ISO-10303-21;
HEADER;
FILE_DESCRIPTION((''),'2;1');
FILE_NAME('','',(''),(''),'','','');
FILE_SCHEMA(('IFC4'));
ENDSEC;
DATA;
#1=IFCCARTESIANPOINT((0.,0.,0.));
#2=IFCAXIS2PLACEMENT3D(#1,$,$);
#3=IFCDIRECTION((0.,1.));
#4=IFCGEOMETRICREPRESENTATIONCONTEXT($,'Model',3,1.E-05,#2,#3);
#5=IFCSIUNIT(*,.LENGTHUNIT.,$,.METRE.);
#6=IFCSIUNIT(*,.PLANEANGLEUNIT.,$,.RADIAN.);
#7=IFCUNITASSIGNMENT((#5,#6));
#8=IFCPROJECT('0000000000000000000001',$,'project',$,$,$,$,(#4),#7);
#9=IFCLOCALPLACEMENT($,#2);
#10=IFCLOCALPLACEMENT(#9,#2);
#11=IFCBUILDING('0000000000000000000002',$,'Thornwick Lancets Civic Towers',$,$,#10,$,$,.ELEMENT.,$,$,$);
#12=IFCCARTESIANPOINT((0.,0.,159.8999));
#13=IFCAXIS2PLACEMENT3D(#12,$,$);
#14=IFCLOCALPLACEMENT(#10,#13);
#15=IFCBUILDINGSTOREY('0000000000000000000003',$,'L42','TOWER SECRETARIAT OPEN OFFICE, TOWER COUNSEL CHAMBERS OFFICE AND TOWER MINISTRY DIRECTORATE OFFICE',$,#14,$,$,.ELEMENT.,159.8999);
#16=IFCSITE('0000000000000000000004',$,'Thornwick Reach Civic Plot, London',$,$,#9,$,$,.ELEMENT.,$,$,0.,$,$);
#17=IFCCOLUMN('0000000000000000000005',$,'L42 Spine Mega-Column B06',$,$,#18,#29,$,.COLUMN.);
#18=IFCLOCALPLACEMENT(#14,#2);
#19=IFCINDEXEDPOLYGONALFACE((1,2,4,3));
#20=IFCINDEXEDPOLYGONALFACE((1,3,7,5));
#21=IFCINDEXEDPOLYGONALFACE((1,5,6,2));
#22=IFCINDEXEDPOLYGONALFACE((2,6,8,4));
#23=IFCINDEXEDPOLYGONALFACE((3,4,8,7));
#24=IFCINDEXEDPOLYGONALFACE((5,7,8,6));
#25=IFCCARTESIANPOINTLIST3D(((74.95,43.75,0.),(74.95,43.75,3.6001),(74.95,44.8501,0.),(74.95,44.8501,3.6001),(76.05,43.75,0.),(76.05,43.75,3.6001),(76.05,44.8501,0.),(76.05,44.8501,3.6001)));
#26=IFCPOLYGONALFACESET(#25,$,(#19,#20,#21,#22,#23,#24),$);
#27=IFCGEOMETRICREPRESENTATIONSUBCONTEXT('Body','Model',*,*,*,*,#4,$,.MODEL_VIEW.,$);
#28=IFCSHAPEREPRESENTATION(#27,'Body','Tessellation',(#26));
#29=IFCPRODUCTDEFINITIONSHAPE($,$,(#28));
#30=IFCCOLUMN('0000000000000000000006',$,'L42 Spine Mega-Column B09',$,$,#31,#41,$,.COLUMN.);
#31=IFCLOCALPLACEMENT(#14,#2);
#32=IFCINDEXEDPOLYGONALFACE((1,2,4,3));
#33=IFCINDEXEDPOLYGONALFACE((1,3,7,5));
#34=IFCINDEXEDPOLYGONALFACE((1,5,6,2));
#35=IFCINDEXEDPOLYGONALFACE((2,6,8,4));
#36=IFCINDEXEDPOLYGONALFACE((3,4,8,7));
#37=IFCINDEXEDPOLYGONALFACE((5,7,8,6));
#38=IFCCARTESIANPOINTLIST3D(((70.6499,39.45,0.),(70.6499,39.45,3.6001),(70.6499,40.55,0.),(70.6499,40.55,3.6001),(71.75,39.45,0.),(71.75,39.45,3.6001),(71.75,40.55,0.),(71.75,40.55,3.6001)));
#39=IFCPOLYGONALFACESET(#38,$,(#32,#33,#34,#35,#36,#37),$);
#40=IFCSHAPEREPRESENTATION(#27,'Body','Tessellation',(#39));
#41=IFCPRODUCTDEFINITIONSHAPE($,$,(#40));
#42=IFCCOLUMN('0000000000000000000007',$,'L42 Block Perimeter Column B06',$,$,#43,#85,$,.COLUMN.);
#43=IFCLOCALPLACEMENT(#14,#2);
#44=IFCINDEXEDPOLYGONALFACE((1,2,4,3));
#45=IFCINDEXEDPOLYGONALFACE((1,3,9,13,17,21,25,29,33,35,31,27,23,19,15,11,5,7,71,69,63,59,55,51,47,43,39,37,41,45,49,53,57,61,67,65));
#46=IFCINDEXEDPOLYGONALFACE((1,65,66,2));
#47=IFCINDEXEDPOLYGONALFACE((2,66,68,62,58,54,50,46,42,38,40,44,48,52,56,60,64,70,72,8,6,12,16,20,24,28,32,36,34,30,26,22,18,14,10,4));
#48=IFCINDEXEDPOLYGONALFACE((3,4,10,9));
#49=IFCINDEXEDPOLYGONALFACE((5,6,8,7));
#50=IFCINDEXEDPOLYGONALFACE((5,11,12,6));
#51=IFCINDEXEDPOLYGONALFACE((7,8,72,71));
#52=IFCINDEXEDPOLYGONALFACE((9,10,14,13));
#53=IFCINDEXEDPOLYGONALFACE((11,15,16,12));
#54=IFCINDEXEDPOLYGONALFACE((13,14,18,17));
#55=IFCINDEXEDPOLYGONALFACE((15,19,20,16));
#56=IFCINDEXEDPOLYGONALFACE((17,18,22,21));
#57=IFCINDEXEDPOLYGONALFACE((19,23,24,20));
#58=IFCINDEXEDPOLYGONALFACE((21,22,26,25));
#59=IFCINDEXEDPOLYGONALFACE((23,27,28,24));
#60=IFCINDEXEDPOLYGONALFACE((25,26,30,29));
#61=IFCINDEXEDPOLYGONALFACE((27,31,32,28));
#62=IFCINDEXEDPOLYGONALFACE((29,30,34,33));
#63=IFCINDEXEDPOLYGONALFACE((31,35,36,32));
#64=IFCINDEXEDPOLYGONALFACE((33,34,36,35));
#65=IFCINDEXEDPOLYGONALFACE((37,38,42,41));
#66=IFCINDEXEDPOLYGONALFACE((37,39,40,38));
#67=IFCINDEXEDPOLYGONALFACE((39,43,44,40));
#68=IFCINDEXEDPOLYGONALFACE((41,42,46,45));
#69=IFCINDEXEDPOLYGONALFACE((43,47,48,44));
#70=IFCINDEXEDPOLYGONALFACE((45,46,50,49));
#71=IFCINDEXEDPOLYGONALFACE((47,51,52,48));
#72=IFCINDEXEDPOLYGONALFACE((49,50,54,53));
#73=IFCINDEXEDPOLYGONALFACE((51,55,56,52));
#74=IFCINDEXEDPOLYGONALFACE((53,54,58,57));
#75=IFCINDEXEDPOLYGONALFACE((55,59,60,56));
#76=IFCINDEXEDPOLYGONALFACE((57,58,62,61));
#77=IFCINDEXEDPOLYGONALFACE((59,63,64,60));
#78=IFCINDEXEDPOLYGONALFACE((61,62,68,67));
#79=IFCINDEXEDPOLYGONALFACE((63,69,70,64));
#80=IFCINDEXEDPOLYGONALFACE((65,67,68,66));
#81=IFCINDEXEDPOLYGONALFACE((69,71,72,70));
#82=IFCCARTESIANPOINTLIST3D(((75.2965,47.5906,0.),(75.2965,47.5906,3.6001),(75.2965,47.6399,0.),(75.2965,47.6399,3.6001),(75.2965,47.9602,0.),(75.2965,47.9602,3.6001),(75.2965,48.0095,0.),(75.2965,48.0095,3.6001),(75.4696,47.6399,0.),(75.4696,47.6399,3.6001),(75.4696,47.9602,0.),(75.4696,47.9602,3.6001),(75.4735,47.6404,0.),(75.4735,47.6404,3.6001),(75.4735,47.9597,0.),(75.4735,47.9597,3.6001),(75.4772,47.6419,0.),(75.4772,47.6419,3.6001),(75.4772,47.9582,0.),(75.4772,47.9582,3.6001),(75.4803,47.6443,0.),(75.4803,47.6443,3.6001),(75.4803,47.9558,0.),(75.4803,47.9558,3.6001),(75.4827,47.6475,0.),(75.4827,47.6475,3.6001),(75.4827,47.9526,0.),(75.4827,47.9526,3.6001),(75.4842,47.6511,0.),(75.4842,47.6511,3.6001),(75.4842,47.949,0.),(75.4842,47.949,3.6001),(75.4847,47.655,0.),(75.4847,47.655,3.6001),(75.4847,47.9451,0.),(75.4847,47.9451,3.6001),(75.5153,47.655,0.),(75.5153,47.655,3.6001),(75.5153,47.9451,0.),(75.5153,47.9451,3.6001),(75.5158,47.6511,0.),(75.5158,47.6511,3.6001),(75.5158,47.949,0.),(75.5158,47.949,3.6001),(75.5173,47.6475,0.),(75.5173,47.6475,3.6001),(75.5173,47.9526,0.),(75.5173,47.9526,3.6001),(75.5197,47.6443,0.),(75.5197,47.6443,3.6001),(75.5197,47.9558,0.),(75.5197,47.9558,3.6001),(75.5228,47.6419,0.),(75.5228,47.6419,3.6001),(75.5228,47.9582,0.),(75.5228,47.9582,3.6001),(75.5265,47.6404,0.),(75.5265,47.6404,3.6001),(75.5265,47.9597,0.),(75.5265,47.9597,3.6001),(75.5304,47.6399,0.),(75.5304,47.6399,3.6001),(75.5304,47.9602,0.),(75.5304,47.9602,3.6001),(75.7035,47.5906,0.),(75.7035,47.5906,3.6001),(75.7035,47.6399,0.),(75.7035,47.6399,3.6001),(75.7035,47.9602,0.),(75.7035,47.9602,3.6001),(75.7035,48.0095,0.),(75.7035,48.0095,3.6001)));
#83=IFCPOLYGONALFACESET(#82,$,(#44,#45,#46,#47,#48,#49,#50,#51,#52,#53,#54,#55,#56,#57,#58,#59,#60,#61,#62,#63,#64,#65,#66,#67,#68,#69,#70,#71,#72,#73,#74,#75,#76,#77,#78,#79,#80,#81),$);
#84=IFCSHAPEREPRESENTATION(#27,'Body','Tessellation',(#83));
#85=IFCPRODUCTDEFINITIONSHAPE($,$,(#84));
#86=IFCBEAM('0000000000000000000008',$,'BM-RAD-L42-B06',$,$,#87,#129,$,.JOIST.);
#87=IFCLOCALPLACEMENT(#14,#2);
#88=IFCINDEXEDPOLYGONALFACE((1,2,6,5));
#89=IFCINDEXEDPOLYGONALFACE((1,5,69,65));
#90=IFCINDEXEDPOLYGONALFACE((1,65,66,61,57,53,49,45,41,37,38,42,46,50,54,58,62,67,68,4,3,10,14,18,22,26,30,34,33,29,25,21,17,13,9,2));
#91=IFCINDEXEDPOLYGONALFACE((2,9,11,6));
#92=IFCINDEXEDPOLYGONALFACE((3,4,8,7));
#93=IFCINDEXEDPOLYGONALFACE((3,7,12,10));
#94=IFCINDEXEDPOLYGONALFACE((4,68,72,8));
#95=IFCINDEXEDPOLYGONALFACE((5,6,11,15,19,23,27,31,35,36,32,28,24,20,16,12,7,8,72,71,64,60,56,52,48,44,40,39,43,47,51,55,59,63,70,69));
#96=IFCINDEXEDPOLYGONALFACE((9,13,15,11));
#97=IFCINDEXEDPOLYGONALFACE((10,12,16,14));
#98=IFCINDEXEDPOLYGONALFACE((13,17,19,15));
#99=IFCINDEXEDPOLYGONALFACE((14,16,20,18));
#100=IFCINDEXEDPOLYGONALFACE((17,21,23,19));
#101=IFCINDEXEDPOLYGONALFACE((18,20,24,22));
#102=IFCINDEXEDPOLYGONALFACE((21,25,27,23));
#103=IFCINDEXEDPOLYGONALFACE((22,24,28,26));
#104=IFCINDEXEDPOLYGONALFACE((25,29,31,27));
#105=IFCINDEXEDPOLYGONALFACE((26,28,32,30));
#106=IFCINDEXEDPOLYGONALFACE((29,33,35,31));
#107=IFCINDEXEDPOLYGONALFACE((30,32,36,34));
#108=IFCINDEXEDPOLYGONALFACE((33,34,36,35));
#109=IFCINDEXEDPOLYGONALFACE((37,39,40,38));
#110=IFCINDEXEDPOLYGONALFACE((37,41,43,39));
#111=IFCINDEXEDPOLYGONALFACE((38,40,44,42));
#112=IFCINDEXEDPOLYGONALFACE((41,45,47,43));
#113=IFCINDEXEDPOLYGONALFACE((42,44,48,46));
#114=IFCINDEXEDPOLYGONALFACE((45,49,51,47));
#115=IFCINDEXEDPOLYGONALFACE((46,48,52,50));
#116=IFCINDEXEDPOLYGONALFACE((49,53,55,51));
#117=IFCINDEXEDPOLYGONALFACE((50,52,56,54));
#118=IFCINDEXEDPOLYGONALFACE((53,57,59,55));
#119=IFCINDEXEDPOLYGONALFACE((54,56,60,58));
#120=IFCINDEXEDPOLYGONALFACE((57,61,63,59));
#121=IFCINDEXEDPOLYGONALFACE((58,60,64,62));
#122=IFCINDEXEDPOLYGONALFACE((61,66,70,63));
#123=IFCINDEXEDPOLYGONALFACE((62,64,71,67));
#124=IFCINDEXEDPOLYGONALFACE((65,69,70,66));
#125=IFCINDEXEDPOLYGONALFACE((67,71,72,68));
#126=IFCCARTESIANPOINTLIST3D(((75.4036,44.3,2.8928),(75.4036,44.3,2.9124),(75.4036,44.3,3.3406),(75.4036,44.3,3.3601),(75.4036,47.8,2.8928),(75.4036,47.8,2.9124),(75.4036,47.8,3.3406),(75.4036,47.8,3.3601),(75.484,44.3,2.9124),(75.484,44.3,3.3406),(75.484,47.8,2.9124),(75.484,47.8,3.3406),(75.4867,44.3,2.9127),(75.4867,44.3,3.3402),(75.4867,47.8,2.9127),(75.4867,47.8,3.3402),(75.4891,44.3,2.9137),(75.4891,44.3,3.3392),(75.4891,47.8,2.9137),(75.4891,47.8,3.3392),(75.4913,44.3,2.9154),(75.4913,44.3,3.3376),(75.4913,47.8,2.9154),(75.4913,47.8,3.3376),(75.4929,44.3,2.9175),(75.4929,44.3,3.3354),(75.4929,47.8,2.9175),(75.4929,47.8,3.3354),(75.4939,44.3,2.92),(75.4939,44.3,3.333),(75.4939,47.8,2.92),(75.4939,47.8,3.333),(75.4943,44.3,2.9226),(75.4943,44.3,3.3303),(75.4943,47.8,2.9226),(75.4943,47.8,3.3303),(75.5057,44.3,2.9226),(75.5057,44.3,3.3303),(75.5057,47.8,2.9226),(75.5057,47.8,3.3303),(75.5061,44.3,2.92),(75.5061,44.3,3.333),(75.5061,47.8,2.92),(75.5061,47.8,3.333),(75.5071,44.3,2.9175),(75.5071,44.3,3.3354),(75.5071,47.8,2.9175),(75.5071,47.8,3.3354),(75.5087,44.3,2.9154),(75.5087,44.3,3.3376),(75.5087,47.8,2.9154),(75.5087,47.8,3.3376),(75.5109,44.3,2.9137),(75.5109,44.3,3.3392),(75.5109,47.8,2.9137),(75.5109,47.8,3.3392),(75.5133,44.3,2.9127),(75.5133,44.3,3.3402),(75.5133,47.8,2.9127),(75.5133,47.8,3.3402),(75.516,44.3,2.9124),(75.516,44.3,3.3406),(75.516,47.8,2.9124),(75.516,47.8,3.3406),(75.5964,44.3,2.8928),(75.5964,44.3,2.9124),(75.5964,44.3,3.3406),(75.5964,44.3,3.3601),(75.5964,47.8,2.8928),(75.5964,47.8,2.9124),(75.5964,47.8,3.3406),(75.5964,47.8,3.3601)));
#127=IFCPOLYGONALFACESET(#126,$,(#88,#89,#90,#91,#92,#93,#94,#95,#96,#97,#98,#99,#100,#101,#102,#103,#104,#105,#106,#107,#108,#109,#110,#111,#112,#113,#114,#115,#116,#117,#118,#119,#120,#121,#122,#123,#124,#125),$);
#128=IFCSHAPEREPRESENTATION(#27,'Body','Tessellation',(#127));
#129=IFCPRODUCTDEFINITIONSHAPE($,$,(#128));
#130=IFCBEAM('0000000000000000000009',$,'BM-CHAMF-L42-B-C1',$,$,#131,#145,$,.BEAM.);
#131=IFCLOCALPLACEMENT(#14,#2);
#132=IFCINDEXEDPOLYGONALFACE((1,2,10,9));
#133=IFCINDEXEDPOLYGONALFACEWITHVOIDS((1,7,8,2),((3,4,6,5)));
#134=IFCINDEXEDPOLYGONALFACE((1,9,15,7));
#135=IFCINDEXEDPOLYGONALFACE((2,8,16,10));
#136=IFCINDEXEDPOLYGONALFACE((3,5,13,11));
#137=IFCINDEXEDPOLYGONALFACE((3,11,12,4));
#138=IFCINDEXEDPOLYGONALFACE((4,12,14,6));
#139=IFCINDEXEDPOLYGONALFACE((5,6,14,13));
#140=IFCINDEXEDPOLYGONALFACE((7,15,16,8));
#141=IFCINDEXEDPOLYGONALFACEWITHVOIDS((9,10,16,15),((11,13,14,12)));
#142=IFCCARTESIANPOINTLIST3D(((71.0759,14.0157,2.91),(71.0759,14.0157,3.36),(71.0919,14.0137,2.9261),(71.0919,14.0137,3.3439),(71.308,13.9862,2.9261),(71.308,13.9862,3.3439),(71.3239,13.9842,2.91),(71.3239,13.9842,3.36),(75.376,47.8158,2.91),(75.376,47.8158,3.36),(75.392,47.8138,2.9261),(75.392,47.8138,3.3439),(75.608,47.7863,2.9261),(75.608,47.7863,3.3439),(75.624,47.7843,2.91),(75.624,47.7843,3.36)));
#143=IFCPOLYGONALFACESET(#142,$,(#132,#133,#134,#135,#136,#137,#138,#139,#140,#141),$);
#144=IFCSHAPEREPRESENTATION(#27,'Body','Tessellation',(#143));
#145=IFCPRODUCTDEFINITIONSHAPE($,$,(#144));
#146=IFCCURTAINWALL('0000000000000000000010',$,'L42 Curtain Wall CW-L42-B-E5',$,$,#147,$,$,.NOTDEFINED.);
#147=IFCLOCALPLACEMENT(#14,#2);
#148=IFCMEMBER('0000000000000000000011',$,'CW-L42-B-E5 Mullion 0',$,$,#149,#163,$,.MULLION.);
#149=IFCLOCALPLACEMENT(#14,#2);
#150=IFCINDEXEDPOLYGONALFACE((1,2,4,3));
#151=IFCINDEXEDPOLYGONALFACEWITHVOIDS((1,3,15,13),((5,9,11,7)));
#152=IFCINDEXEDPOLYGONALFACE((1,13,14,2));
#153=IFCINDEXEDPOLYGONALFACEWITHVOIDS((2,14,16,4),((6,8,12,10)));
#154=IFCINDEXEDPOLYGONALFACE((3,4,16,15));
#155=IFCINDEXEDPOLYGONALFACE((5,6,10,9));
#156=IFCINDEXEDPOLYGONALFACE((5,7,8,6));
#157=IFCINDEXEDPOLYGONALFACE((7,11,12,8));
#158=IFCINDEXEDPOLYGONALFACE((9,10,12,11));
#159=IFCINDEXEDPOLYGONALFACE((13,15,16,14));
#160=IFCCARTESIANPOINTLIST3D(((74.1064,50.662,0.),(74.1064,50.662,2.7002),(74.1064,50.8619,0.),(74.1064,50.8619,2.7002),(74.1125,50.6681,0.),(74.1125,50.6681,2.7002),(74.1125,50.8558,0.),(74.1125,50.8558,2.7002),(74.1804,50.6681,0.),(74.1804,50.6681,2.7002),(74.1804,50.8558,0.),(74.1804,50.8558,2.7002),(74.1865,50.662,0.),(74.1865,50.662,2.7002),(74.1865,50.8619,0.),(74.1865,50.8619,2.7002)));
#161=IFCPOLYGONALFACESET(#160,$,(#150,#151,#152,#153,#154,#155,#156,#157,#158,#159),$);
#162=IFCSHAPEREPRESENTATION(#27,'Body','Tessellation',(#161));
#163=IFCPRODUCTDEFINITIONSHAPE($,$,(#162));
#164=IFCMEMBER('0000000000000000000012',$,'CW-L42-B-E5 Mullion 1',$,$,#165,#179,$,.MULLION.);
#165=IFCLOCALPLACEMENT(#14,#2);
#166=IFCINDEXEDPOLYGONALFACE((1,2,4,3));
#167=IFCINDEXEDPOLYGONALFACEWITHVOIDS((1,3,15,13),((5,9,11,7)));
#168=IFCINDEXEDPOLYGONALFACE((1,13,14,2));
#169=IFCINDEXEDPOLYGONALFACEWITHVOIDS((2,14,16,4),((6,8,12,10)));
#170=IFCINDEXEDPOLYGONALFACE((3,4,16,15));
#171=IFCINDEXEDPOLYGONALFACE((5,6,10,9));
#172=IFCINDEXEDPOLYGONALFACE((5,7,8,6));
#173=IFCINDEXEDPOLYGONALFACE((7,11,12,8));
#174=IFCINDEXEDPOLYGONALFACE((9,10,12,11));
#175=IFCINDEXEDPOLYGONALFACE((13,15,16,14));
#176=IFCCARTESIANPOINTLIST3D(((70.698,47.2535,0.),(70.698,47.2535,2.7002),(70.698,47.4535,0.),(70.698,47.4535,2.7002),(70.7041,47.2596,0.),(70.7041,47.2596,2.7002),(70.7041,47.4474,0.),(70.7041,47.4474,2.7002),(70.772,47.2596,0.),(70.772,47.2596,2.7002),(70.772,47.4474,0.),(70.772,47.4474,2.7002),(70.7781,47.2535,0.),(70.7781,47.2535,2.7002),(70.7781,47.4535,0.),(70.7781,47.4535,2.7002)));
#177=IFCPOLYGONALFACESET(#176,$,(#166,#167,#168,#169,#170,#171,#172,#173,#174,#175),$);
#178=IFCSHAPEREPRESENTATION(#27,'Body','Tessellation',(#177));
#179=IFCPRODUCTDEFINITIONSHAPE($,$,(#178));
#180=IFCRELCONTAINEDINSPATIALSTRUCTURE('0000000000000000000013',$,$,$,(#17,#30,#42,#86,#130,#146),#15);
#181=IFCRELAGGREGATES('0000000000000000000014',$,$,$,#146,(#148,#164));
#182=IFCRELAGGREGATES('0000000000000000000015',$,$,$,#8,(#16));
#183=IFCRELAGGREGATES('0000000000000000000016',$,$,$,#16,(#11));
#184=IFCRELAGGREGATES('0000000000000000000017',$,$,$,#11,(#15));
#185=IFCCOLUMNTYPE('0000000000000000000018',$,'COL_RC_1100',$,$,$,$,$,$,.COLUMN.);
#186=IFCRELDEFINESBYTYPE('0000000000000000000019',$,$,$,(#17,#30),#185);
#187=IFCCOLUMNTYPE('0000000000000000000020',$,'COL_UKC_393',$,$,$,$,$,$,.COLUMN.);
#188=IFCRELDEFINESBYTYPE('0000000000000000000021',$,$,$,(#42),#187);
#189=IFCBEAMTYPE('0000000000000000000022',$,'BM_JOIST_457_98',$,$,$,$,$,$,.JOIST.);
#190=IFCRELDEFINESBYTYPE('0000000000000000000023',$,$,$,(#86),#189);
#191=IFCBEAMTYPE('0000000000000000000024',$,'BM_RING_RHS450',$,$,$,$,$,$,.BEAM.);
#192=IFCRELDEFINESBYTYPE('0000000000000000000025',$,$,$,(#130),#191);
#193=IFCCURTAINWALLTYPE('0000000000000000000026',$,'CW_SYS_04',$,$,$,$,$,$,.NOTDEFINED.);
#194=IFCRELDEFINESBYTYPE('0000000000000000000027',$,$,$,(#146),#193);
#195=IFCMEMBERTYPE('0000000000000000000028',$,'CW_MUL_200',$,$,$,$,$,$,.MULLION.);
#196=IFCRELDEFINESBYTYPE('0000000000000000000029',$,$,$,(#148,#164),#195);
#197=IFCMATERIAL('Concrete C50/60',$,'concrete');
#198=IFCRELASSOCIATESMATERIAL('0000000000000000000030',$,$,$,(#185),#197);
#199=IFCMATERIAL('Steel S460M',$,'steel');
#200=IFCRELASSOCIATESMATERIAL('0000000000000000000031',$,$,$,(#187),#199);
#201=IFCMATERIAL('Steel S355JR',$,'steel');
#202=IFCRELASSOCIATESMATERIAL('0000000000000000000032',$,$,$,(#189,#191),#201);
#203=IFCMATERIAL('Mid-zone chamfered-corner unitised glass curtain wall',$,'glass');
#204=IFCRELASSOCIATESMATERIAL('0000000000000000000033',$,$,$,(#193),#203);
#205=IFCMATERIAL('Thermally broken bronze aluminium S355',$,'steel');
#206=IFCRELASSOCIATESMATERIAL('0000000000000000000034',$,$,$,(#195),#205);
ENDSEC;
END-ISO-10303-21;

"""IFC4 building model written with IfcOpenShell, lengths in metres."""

from ifc_helpers import new_model, si_unit, direction, frame, origin, origin_2d, place, context, subcontext, project, spatial, rectangle, hollow_rectangle, i_section, extrude, material, material_profile, profile_set, type_object, element, aggregate, save


model = new_model("IFC4")

# Units and contexts
model_context = context("Model", 3, precision=1e-05, world=origin(), true_north=direction((0.0, 1.0)))
body_context = subcontext(model_context, "Body", "Model", "MODEL_VIEW")
ifc_project = project(units=[si_unit("LENGTHUNIT", "METRE"), si_unit("PLANEANGLEUNIT", "RADIAN")], contexts=[model_context])

# Site, building, storey
site_placement = place(None, origin())
site = spatial("IfcSite", under=ifc_project, at=site_placement, Name="Thornwick Reach Civic Plot, London", CompositionType="ELEMENT", RefElevation=0.0)
building_placement = place(site_placement, origin())
building = spatial("IfcBuilding", under=site, at=building_placement, Name="Thornwick Lancets Civic Towers", CompositionType="ELEMENT")
storey_placement = place(building_placement, frame((0.0, 0.0, 159.8999)))
storey = spatial("IfcBuildingStorey", under=building, at=storey_placement, Name="L42", Description="TOWER SECRETARIAT OPEN OFFICE, TOWER COUNSEL CHAMBERS OFFICE AND TOWER MINISTRY DIRECTORATE OFFICE", CompositionType="ELEMENT", Elevation=159.8999)

# Columns
ifc_material_1 = material(Name="Concrete C50/60", Category="concrete")
ifc_material_profile_1 = material_profile(ifc_material_1, rectangle(XDim=1.1001, YDim=1.1001, at=origin_2d()), Name="RC 1100x1100")
ifc_profile_set_1 = profile_set([ifc_material_profile_1], Name="Concrete C50/60")
column_type_1 = type_object("IfcColumnType", Name="COL_RC_1100", PredefinedType="COLUMN", material=ifc_profile_set_1)
for number, where, z_axis, x_axis, name in (
    (1, (75.5, 44.3, 0.0), (0.0, 0.0, 1.0), (1.0, 0.0, 0.0), "L42 Spine Mega-Column B06"),
    (2, (71.2, 40.0, 0.0), (0.0, 0.0, 1.0), (1.0, 0.0, 0.0), "L42 Spine Mega-Column B09"),
):
    element("IfcColumn", number, at=place(storey_placement, frame(where, z_axis=z_axis, x_axis=x_axis)), inside=storey, type_object=column_type_1, Name=name, PredefinedType="COLUMN", context=body_context, shape_type="SweptSolid", body=[
        extrude(rectangle(XDim=1.1001, YDim=1.1001, at=origin_2d()), origin(), (0.0, 0.0, 1.0), 3.6001),
    ])
ifc_material_2 = material(Name="Steel S460M", Category="steel")
ifc_material_profile_2 = material_profile(ifc_material_2, i_section(OverallWidth=0.407, OverallDepth=0.4189, WebThickness=0.0305, FlangeThickness=0.0493, FilletRadius=0.0151, at=origin_2d()), Name="UKC 356x406x393")
ifc_profile_set_2 = profile_set([ifc_material_profile_2], Name="Steel S460M")
column_type_2 = type_object("IfcColumnType", Name="COL_UKC_393", PredefinedType="COLUMN", material=ifc_profile_set_2)
column_placement = place(storey_placement, frame((75.5, 47.8, 0.0), z_axis=(0.0, 0.0, 1.0), x_axis=(1.0, 0.0, 0.0)))
element("IfcColumn", 3, at=column_placement, inside=storey, type_object=column_type_2, Name="L42 Block Perimeter Column B06", PredefinedType="COLUMN", context=body_context, shape_type="SweptSolid", body=[
    extrude(i_section(OverallWidth=0.407, OverallDepth=0.4189, WebThickness=0.0305, FlangeThickness=0.0493, FilletRadius=0.0151, at=origin_2d()), origin(), (0.0, 0.0, 1.0), 3.6001),
])

# Beams
ifc_material_3 = material(Name="Steel S355JR", Category="steel")
ifc_material_profile_3 = material_profile(ifc_material_3, i_section(OverallWidth=0.1929, OverallDepth=0.4673, WebThickness=0.0115, FlangeThickness=0.0195, FilletRadius=0.0103, at=origin_2d()), Name="UKB 457x191x98")
ifc_profile_set_3 = profile_set([ifc_material_profile_3], Name="Steel S355JR")
beam_type_1 = type_object("IfcBeamType", Name="BM_JOIST_457_98", PredefinedType="JOIST", material=ifc_profile_set_3)
beam_1_placement = place(storey_placement, frame((75.5, 44.3, 3.1265), z_axis=(0.0, 1.0, 0.0), x_axis=(-1.0, 0.0, 0.0)))
element("IfcBeam", 4, at=beam_1_placement, inside=storey, type_object=beam_type_1, Name="BM-RAD-L42-B06", PredefinedType="JOIST", context=body_context, shape_type="SweptSolid", body=[
    extrude(i_section(OverallWidth=0.1929, OverallDepth=0.4673, WebThickness=0.0115, FlangeThickness=0.0195, FilletRadius=0.0103, at=origin_2d()), origin(), (0.0, 0.0, 1.0), 3.5),
])
ifc_material_profile_4 = material_profile(ifc_material_3, hollow_rectangle(XDim=0.25, YDim=0.45, WallThickness=0.0161, at=origin_2d()), Name="RHS 450x250x16")
ifc_profile_set_4 = profile_set([ifc_material_profile_4], Name="Steel S355JR")
beam_type_2 = type_object("IfcBeamType", Name="BM_RING_RHS450", PredefinedType="BEAM", material=ifc_profile_set_4)
beam_2_placement = place(storey_placement, frame((75.5, 47.8, 3.135), z_axis=(-0.126203, -0.992004, 0.0), x_axis=(0.992004, -0.126203, 0.0)))
element("IfcBeam", 5, at=beam_2_placement, inside=storey, type_object=beam_type_2, Name="BM-CHAMF-L42-B-C1", PredefinedType="BEAM", context=body_context, shape_type="SweptSolid", body=[
    extrude(hollow_rectangle(XDim=0.25, YDim=0.45, WallThickness=0.0161, at=origin_2d()), origin(), (0.0, 0.0, 1.0), 34.0725),
])

# Curtain wall, members
ifc_material_4 = material(Name="Mid-zone chamfered-corner unitised glass curtain wall", Category="glass")
curtain_wall_type = type_object("IfcCurtainWallType", Name="CW_SYS_04", PredefinedType="NOTDEFINED", material=ifc_material_4)
curtain_wall_placement = place(storey_placement, origin())
curtain_wall = element("IfcCurtainWall", 6, at=curtain_wall_placement, inside=storey, type_object=curtain_wall_type, Name="L42 Curtain Wall CW-L42-B-E5", PredefinedType="NOTDEFINED")
ifc_material_5 = material(Name="Thermally broken bronze aluminium S355", Category="steel")
ifc_material_profile_5 = material_profile(ifc_material_5, hollow_rectangle(XDim=0.0801, YDim=0.2, WallThickness=0.0061, at=origin_2d()), Name="RHS 200x80x6")
ifc_profile_set_5 = profile_set([ifc_material_profile_5], Name="Thermally broken bronze aluminium S355")
member_type_1 = type_object("IfcMemberType", Name="CW_MUL_200", PredefinedType="MULLION", material=ifc_profile_set_5)
member_1_placement = place(storey_placement, frame((74.1465, 50.762, 0.0), z_axis=(0.0, 0.0, 1.0), x_axis=(1.0, 0.0, 0.0)))
member_1 = element("IfcMember", 7, at=member_1_placement, type_object=member_type_1, Name="CW-L42-B-E5 Mullion 0", PredefinedType="MULLION", context=body_context, shape_type="SweptSolid", body=[
    extrude(hollow_rectangle(XDim=0.0801, YDim=0.2, WallThickness=0.0061, at=origin_2d()), origin(), (0.0, 0.0, 1.0), 2.7002),
])
member_2_placement = place(storey_placement, frame((70.738, 47.3535, 0.0), z_axis=(0.0, 0.0, 1.0), x_axis=(1.0, 0.0, 0.0)))
member_2 = element("IfcMember", 8, at=member_2_placement, type_object=member_type_1, Name="CW-L42-B-E5 Mullion 1", PredefinedType="MULLION", context=body_context, shape_type="SweptSolid", body=[
    extrude(hollow_rectangle(XDim=0.0801, YDim=0.2, WallThickness=0.0061, at=origin_2d()), origin(), (0.0, 0.0, 1.0), 2.7002),
])
aggregate(curtain_wall, [member_1, member_2])

save(model, "model.ifc")
